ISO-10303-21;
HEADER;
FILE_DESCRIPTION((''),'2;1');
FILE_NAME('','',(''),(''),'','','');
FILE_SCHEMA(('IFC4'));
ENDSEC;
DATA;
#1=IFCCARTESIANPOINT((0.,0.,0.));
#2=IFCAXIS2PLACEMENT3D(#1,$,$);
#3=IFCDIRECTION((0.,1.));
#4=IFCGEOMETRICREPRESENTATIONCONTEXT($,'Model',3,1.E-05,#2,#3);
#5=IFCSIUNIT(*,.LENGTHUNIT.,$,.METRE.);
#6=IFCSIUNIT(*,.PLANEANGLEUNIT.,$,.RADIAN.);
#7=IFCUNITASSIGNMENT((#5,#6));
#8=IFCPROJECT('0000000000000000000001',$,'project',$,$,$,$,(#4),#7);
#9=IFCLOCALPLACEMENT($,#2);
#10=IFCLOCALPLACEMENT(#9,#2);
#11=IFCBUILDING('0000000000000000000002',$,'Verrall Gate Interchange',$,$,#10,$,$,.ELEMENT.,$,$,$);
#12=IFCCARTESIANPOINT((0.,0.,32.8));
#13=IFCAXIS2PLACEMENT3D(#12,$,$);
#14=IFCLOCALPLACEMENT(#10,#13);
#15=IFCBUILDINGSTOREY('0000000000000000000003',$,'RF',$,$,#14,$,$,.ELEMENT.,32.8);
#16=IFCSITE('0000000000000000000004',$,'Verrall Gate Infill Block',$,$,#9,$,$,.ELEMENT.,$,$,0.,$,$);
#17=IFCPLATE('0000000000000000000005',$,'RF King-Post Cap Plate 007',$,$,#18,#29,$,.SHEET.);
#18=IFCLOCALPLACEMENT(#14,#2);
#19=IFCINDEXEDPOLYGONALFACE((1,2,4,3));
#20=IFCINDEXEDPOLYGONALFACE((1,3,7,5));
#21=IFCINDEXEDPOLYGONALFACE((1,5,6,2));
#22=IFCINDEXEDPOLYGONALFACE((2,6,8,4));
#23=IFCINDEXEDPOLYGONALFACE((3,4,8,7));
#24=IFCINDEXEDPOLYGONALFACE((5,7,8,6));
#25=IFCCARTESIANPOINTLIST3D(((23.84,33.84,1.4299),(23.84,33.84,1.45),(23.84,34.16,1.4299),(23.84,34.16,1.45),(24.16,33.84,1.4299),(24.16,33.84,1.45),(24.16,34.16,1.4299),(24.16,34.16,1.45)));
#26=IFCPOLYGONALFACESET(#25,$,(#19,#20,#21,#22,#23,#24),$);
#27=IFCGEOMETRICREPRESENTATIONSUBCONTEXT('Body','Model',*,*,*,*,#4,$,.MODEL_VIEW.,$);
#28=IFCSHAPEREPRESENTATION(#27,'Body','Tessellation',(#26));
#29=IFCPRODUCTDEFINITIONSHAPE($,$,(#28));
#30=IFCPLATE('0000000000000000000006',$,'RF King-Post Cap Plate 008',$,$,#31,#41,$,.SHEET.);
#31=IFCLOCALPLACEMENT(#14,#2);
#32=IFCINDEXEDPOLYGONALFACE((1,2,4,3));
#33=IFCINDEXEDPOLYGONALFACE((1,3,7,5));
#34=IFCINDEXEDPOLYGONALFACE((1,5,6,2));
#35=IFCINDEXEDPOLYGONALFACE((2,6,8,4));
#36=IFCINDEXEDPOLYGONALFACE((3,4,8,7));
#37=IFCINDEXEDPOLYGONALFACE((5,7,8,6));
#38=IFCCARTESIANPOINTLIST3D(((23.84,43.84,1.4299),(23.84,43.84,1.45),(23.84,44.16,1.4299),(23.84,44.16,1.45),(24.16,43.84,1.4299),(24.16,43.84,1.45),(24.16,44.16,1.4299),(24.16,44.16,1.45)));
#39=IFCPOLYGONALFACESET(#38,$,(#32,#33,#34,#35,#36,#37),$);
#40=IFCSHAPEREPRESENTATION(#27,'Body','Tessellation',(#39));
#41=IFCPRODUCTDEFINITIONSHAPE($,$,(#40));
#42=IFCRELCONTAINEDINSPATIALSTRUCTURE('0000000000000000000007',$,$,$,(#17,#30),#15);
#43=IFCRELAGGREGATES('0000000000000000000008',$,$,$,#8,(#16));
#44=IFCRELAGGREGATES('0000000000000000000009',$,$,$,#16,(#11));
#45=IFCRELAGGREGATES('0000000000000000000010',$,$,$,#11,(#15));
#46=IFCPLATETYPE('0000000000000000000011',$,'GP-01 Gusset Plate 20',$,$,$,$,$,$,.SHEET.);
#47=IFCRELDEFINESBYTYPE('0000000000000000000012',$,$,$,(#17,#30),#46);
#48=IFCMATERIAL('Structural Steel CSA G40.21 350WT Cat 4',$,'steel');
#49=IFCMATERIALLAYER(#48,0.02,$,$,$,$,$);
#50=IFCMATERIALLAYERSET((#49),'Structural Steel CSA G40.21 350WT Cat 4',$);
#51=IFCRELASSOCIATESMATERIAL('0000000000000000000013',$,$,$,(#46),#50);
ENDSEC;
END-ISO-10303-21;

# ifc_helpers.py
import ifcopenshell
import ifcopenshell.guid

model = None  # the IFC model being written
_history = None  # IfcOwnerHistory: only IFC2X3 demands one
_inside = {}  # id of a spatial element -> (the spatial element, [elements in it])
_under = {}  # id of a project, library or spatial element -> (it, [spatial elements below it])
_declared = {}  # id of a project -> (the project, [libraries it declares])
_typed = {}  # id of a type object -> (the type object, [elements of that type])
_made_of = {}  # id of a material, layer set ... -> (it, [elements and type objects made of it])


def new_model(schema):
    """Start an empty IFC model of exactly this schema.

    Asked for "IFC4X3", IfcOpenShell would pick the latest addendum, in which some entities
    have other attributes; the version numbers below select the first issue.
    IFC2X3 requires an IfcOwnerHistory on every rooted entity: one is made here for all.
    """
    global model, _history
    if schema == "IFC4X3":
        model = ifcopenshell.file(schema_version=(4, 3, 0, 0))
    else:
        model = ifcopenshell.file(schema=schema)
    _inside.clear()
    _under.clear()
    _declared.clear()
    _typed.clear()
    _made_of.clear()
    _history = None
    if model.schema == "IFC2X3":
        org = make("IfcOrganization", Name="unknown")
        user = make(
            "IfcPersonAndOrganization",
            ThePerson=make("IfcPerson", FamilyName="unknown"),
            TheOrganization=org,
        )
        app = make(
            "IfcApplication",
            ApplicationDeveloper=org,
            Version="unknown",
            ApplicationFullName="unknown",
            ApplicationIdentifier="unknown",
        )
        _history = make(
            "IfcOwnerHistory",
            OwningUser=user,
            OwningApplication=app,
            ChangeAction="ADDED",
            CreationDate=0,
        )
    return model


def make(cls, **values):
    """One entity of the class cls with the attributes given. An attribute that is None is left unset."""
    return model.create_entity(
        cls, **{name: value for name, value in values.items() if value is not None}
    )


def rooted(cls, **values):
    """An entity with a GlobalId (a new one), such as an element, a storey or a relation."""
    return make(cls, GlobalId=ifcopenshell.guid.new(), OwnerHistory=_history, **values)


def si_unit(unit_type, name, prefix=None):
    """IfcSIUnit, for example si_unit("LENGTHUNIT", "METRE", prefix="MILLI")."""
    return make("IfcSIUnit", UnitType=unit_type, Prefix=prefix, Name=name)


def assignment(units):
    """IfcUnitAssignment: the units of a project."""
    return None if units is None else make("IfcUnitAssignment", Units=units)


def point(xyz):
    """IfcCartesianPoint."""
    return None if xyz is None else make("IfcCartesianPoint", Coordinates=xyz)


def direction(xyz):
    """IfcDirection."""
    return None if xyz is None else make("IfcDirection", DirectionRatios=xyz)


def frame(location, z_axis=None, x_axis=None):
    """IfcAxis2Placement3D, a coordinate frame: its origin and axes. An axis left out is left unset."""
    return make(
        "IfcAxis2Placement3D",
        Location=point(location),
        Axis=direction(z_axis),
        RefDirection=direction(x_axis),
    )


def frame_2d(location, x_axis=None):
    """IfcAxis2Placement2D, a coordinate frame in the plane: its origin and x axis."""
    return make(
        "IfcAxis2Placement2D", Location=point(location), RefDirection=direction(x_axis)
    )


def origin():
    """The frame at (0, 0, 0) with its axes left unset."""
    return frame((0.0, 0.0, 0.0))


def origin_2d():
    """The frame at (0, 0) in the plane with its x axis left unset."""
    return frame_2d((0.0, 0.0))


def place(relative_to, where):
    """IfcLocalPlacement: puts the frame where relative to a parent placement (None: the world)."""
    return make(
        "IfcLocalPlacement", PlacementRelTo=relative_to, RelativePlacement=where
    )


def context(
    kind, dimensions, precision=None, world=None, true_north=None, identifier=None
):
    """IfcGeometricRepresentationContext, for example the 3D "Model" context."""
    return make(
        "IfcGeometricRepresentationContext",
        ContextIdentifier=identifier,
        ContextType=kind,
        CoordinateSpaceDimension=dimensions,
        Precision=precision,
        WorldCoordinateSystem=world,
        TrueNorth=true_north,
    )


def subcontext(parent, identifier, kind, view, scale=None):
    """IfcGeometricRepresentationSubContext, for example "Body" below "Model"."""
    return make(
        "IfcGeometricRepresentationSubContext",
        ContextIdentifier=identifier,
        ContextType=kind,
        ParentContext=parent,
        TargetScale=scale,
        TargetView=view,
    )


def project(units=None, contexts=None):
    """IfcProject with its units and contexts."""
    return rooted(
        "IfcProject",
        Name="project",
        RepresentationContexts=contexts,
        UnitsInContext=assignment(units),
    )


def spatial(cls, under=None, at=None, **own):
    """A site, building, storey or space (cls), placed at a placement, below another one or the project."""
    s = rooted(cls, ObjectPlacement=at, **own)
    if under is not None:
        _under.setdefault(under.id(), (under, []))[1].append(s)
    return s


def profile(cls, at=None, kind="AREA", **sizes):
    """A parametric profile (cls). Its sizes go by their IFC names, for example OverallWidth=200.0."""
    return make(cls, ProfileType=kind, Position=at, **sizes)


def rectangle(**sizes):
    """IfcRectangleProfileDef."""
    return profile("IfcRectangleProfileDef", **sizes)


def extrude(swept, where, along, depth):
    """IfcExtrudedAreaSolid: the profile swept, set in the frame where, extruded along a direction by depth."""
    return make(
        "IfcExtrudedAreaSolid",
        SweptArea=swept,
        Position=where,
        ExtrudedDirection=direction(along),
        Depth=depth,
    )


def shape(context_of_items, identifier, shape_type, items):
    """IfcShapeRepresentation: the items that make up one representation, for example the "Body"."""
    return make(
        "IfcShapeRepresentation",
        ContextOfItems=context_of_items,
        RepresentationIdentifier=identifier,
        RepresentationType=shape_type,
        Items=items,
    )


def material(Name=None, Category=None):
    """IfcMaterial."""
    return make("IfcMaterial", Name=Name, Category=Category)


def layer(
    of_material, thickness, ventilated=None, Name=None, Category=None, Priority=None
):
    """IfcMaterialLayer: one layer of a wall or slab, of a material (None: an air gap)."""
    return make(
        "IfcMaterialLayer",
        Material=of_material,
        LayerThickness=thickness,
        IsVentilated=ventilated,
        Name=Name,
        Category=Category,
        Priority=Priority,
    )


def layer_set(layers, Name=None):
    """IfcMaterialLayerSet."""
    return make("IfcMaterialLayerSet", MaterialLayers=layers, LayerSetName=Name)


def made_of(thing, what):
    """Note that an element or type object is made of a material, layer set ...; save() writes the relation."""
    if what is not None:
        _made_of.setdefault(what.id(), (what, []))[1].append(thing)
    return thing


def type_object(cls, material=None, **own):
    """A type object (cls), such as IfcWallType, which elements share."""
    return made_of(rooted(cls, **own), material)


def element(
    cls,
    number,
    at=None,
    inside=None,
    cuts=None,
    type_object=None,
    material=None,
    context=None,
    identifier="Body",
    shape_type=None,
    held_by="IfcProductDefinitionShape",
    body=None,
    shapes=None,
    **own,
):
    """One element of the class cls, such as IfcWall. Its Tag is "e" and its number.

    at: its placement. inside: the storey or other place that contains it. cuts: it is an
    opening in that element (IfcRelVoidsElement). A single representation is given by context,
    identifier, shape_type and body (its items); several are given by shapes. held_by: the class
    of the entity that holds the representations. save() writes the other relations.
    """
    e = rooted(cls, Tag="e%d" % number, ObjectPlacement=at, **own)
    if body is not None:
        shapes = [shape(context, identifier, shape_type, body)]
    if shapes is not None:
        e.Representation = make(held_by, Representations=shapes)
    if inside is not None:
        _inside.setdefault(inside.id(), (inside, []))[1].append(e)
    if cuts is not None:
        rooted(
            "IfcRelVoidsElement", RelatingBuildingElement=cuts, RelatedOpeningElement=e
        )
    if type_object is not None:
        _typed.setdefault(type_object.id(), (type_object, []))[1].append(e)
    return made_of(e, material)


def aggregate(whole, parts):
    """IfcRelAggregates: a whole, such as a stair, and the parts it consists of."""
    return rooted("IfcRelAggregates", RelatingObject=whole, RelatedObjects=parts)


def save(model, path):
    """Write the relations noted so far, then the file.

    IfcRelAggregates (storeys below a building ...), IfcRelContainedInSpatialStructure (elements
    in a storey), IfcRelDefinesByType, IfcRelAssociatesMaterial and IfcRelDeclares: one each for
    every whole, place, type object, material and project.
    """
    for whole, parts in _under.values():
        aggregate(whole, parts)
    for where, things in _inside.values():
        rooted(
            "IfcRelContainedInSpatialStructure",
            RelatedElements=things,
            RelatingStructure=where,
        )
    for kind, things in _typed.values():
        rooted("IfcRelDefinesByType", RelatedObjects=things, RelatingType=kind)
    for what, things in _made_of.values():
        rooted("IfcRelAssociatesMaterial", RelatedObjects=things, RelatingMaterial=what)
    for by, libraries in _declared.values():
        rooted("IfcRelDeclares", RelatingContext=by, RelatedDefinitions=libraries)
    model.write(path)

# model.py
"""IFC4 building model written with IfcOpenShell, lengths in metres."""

from ifc_helpers import new_model, si_unit, direction, frame, origin, origin_2d, place, context, subcontext, project, spatial, rectangle, extrude, material, layer, layer_set, type_object, element, save


model = new_model("IFC4")

# Units and contexts
model_context = context("Model", 3, precision=1e-05, world=origin(), true_north=direction((0.0, 1.0)))
body_context = subcontext(model_context, "Body", "Model", "MODEL_VIEW")
ifc_project = project(units=[si_unit("LENGTHUNIT", "METRE"), si_unit("PLANEANGLEUNIT", "RADIAN")], contexts=[model_context])

# Site, building, storey
site_placement = place(None, origin())
site = spatial("IfcSite", under=ifc_project, at=site_placement, Name="Verrall Gate Infill Block", CompositionType="ELEMENT", RefElevation=0.0)
building_placement = place(site_placement, origin())
building = spatial("IfcBuilding", under=site, at=building_placement, Name="Verrall Gate Interchange", CompositionType="ELEMENT")
storey_placement = place(building_placement, frame((0.0, 0.0, 32.8)))
storey = spatial("IfcBuildingStorey", under=building, at=storey_placement, Name="RF", CompositionType="ELEMENT", Elevation=32.8)

# Plates
ifc_material_1 = material(Name="Structural Steel CSA G40.21 350WT Cat 4", Category="steel")
ifc_layer = layer(ifc_material_1, 0.02)
ifc_layer_set = layer_set([ifc_layer], Name="Structural Steel CSA G40.21 350WT Cat 4")
plate_type = type_object("IfcPlateType", Name="GP-01 Gusset Plate 20", PredefinedType="SHEET", material=ifc_layer_set)
for number, where, z_axis, x_axis, name in (
    (1, (24.0, 34.0, 1.4299), (0.0, 0.0, 1.0), (1.0, 0.0, 0.0), "RF King-Post Cap Plate 007"),
    (2, (24.0, 44.0, 1.4299), (0.0, 0.0, 1.0), (1.0, 0.0, 0.0), "RF King-Post Cap Plate 008"),
):
    element("IfcPlate", number, at=place(storey_placement, frame(where, z_axis=z_axis, x_axis=x_axis)), inside=storey, type_object=plate_type, Name=name, PredefinedType="SHEET", context=body_context, shape_type="SweptSolid", body=[
        extrude(rectangle(XDim=0.3201, YDim=0.3201, at=origin_2d()), origin(), (0.0, 0.0, 1.0), 0.02),
    ])

save(model, "model.ifc")
